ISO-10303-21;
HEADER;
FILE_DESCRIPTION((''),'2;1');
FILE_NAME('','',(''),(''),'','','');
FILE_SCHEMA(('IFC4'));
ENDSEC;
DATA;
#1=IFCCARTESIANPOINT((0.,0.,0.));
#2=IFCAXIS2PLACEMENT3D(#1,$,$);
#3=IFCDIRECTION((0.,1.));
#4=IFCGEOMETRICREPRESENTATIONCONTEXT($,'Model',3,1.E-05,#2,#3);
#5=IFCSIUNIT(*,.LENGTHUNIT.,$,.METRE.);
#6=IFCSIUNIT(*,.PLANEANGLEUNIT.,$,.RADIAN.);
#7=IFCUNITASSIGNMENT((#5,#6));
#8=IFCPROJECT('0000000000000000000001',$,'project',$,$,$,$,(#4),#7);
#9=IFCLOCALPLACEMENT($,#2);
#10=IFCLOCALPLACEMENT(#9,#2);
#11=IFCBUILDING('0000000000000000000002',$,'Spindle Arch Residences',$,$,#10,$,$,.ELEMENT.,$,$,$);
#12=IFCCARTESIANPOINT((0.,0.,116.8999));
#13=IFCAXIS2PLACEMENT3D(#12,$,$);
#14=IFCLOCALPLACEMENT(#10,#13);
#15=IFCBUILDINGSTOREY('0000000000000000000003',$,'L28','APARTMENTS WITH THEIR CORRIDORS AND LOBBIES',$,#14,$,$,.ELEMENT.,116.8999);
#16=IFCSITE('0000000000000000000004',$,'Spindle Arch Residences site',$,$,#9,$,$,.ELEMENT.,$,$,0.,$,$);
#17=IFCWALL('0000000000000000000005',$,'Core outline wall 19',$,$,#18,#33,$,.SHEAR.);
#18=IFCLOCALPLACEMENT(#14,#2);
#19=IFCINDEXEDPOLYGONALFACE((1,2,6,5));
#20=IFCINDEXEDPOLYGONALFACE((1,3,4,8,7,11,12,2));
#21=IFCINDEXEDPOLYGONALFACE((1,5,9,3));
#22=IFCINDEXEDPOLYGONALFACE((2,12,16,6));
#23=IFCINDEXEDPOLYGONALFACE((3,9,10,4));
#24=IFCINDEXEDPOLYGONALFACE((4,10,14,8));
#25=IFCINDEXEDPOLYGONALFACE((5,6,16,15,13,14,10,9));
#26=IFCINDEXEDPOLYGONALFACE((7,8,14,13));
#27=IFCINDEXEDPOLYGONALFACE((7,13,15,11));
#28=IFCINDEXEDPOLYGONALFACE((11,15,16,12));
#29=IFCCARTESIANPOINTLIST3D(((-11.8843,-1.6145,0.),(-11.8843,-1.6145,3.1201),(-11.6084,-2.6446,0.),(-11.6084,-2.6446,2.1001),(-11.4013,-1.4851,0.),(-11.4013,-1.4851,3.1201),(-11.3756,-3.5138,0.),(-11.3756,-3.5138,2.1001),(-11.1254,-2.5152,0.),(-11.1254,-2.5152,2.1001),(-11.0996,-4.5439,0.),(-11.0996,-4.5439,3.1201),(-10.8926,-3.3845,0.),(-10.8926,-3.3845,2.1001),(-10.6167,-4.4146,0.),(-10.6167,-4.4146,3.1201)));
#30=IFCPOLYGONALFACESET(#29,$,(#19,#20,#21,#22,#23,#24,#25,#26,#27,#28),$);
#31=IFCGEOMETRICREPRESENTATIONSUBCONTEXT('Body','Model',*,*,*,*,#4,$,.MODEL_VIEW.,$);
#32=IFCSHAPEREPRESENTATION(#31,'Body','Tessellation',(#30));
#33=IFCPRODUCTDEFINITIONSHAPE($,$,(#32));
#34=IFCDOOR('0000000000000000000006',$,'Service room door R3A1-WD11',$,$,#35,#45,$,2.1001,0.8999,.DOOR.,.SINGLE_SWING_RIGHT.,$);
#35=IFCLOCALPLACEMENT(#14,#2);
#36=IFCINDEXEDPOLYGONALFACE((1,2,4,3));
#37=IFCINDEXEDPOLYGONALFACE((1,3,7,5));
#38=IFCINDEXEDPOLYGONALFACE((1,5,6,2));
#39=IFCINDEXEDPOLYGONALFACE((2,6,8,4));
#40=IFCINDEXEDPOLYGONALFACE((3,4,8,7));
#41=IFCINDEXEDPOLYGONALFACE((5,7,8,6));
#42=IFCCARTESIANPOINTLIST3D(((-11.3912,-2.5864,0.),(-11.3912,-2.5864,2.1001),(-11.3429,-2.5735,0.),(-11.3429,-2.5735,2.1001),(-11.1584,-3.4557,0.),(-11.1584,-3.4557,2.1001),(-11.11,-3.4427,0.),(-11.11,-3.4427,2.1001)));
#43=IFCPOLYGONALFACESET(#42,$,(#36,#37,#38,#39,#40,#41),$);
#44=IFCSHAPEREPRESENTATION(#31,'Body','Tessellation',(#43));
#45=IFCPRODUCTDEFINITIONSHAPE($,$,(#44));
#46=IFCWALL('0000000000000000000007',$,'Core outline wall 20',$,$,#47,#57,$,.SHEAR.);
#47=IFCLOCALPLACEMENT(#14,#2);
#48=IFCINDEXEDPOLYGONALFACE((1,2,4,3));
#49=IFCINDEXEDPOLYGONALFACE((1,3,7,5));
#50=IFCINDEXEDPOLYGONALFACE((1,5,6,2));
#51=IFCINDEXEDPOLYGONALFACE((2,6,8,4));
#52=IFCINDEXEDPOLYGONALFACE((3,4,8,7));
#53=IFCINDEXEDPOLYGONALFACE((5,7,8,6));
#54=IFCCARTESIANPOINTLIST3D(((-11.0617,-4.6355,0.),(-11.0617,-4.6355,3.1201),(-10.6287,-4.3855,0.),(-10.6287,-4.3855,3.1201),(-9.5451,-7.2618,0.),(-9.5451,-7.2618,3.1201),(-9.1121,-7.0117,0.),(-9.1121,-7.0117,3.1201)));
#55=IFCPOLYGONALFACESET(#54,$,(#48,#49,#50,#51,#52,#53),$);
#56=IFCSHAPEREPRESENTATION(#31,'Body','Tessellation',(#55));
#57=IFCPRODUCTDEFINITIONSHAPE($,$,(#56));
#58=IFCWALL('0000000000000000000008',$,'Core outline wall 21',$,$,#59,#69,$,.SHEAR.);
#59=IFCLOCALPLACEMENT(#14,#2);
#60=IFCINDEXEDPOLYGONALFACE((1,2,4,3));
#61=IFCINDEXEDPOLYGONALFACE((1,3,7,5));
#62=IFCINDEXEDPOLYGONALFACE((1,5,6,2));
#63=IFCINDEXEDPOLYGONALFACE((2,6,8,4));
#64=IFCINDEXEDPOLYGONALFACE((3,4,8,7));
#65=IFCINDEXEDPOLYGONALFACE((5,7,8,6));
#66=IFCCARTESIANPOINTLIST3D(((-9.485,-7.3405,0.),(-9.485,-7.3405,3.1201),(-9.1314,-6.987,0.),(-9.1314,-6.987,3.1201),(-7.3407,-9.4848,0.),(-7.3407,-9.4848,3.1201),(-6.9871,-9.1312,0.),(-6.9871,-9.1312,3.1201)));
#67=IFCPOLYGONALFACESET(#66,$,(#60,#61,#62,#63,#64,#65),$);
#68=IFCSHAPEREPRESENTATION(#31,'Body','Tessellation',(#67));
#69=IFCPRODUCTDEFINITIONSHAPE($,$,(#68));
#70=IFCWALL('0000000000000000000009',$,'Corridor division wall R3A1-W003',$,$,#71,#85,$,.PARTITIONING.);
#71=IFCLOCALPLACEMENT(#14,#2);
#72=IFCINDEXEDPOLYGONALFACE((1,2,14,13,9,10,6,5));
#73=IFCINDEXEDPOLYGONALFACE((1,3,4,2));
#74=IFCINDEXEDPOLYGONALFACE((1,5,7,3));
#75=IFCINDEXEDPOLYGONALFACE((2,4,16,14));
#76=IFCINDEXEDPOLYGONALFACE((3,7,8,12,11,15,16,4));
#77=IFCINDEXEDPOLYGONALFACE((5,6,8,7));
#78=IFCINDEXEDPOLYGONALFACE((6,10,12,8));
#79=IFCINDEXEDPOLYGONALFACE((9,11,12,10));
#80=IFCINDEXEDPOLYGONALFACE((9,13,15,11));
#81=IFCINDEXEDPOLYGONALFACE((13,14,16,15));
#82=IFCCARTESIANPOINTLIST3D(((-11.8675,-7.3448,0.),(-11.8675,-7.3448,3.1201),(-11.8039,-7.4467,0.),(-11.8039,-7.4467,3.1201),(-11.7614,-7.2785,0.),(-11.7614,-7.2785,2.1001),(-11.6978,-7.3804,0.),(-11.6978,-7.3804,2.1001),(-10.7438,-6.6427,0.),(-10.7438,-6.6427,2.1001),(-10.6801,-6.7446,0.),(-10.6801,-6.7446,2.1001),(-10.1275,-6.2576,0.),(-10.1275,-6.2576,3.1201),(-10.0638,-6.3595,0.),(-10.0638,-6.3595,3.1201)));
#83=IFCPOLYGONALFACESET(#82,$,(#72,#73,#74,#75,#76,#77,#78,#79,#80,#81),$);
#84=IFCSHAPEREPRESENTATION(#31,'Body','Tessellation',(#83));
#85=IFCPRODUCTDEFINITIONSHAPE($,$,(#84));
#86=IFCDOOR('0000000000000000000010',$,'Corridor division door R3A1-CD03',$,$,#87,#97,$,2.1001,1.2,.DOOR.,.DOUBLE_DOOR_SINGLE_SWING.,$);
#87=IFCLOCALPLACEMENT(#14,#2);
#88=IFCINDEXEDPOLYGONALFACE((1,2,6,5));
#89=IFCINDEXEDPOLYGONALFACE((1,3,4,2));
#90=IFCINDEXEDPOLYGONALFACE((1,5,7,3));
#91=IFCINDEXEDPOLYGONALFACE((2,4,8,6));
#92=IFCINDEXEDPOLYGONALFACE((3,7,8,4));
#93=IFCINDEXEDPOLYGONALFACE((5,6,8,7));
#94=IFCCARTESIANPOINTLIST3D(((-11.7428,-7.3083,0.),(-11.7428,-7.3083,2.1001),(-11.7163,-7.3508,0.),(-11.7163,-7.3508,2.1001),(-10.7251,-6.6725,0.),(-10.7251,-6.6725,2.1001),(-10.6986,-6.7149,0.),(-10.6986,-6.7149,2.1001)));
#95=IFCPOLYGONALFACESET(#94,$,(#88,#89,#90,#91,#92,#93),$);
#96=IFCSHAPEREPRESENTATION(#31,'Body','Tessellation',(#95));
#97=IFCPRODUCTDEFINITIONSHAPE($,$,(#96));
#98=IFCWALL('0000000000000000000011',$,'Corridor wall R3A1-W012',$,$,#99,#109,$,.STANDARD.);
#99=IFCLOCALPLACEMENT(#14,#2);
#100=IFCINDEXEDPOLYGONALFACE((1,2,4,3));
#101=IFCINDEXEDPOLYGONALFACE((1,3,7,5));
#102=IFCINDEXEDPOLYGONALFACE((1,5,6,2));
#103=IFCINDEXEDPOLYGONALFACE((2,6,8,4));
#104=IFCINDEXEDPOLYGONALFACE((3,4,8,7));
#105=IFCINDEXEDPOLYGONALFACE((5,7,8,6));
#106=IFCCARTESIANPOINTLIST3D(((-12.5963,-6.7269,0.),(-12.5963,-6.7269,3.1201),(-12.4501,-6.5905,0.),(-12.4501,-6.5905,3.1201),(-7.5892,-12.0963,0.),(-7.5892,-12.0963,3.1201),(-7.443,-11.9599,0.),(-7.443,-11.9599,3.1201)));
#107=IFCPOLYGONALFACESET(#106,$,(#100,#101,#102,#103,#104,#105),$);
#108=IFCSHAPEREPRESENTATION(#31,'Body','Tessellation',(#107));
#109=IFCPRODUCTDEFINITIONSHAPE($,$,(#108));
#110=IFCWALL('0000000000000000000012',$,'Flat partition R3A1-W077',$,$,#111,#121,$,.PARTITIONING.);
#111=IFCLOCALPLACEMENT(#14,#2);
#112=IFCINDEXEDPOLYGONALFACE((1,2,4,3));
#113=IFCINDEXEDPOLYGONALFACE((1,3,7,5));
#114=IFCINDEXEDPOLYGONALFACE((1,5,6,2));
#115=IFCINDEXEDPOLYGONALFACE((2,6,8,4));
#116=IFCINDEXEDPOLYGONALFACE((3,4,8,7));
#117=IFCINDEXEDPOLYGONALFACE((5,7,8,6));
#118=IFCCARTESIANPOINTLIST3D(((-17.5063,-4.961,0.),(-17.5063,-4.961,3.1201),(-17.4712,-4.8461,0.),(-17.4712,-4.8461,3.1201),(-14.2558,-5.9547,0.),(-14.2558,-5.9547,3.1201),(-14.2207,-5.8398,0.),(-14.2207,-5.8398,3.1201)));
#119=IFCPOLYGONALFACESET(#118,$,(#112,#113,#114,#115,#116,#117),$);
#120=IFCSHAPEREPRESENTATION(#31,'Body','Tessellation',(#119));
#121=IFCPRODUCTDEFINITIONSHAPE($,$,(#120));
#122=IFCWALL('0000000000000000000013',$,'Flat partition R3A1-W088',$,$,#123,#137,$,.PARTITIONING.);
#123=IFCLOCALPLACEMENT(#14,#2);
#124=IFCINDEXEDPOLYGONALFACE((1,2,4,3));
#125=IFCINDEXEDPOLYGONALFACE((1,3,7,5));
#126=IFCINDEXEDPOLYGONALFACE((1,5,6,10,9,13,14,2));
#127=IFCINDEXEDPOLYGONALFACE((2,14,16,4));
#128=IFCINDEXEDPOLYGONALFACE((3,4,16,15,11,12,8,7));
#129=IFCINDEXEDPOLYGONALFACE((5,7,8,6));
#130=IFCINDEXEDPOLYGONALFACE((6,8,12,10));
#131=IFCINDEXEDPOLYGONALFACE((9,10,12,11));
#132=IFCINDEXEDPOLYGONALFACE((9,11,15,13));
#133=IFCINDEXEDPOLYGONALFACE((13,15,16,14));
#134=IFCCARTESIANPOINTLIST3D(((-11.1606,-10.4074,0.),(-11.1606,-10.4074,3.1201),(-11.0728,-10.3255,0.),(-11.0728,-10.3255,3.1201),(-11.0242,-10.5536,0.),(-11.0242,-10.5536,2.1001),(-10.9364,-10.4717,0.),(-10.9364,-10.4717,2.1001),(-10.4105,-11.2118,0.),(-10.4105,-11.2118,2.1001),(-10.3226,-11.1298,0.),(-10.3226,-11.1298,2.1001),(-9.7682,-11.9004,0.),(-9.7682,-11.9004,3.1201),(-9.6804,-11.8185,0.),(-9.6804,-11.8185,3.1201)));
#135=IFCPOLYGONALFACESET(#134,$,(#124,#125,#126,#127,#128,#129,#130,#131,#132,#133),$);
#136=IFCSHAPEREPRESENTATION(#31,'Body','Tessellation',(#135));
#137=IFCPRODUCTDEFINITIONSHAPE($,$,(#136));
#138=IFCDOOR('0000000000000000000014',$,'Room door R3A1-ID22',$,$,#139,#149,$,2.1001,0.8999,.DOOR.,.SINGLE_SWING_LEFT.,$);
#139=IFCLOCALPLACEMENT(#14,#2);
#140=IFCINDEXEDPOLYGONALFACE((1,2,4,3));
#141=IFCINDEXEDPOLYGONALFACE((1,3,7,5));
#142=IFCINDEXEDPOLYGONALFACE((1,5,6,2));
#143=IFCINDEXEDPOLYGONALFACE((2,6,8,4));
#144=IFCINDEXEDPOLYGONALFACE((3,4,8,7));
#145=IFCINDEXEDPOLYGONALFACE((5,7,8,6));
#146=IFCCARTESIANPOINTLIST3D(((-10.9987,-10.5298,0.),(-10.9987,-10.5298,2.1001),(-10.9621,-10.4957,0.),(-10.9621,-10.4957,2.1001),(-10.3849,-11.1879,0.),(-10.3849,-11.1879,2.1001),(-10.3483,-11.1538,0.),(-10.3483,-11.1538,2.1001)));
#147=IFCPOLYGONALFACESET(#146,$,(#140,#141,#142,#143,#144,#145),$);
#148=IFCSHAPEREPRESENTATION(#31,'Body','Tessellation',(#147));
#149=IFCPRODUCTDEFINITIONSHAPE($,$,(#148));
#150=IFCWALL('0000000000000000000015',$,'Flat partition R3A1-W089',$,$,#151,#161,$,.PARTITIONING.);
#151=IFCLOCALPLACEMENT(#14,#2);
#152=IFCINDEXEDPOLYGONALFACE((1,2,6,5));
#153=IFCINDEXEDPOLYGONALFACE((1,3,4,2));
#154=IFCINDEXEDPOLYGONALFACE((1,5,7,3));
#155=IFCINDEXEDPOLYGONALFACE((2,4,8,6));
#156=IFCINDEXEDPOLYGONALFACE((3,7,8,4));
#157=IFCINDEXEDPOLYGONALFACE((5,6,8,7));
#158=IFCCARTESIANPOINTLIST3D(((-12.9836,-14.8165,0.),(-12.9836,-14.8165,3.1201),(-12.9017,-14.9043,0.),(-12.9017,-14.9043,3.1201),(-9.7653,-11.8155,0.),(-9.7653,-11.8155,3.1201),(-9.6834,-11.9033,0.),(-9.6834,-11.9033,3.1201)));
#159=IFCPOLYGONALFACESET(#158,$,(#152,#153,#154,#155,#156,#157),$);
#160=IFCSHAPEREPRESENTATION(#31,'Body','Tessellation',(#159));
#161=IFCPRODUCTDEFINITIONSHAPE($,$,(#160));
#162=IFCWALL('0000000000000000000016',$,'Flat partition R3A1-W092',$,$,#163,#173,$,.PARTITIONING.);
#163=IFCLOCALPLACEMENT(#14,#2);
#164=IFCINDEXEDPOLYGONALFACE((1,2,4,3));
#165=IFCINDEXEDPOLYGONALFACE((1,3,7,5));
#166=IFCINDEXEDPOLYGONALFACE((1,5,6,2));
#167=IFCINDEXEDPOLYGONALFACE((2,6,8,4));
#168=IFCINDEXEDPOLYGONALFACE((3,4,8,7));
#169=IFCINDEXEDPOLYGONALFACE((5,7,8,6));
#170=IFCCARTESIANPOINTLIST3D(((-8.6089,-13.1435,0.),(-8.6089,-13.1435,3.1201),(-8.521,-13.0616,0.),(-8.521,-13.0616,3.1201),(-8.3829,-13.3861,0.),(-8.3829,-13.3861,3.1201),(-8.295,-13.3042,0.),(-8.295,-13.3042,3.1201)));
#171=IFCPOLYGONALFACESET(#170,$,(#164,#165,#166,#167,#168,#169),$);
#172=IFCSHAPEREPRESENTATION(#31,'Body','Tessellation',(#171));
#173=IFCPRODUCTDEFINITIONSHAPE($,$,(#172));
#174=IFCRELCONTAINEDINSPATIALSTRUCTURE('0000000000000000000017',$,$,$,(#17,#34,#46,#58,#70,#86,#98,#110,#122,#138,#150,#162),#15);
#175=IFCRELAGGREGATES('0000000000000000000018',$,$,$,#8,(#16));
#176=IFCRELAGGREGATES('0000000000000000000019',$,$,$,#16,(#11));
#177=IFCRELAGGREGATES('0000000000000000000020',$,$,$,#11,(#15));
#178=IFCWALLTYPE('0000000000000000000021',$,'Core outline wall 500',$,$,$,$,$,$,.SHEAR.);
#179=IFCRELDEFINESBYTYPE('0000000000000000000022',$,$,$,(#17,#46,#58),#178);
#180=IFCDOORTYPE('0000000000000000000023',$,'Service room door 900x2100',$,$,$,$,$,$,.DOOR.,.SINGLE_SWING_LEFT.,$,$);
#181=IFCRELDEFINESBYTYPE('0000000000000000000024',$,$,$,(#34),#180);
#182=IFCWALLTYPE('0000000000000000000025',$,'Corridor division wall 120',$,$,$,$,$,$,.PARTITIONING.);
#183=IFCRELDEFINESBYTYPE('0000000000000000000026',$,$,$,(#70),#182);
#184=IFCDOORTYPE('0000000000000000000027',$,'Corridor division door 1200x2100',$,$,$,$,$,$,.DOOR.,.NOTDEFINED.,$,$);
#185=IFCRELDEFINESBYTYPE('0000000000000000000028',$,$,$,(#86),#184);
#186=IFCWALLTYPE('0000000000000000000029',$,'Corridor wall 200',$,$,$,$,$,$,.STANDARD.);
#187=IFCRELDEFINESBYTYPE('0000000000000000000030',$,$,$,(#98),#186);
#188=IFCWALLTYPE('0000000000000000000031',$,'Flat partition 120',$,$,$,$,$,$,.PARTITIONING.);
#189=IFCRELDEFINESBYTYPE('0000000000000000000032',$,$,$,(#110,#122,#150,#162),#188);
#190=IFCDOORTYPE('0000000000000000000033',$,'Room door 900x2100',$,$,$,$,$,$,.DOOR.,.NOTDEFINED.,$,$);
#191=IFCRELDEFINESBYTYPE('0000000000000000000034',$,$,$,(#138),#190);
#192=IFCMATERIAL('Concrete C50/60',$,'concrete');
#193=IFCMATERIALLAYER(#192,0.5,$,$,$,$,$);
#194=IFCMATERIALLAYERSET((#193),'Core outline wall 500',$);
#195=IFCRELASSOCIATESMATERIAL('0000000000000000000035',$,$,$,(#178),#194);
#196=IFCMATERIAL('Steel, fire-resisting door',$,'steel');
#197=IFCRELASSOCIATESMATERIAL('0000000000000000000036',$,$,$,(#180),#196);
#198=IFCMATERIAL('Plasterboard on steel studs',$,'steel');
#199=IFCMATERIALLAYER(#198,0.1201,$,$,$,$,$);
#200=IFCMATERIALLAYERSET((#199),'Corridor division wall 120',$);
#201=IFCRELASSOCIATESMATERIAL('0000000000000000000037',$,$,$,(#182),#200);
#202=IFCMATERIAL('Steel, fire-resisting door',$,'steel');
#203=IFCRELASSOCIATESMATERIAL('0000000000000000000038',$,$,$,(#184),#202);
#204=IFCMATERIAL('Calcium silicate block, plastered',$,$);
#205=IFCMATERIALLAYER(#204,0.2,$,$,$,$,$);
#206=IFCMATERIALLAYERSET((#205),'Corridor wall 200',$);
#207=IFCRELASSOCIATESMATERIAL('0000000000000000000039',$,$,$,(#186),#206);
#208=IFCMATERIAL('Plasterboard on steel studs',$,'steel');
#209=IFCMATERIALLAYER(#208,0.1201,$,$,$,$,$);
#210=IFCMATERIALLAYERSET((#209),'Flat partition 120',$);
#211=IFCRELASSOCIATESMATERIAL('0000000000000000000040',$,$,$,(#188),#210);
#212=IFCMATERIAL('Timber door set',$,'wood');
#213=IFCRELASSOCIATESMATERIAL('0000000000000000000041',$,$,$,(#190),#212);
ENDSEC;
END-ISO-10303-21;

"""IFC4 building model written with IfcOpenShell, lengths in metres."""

from ifc_helpers import new_model, si_unit, direction, frame, frame_2d, origin, place, context, subcontext, project, spatial, rectangle, extrude, material, layer, layer_set, type_object, element, fill, save


model = new_model("IFC4")

# Units and contexts
model_context = context("Model", 3, precision=1e-05, world=origin(), true_north=direction((0.0, 1.0)))
body_context = subcontext(model_context, "Body", "Model", "MODEL_VIEW")
ifc_project = project(units=[si_unit("LENGTHUNIT", "METRE"), si_unit("PLANEANGLEUNIT", "RADIAN")], contexts=[model_context])

# Site, building, storey
site_placement = place(None, origin())
site = spatial("IfcSite", under=ifc_project, at=site_placement, Name="Spindle Arch Residences site", CompositionType="ELEMENT", RefElevation=0.0)
building_placement = place(site_placement, origin())
building = spatial("IfcBuilding", under=site, at=building_placement, Name="Spindle Arch Residences", CompositionType="ELEMENT")
storey_placement = place(building_placement, frame((0.0, 0.0, 116.8999)))
storey = spatial("IfcBuildingStorey", under=building, at=storey_placement, Name="L28", Description="APARTMENTS WITH THEIR CORRIDORS AND LOBBIES", CompositionType="ELEMENT", Elevation=116.8999)

# Wall, opening, door
ifc_material_1 = material(Name="Concrete C50/60", Category="concrete")
ifc_layer_1 = layer(ifc_material_1, 0.5)
ifc_layer_set_1 = layer_set([ifc_layer_1], Name="Core outline wall 500")
wall_type_1 = type_object("IfcWallType", Name="Core outline wall 500", PredefinedType="SHEAR", material=ifc_layer_set_1)
wall_1_placement = place(storey_placement, frame((-11.6428, -1.5498, 0.0), z_axis=(0.0, 0.0, 1.0), x_axis=(0.258735, -0.965948, 0.0)))
wall_1 = element("IfcWall", 1, at=wall_1_placement, inside=storey, type_object=wall_type_1, Name="Core outline wall 19", PredefinedType="SHEAR", context=body_context, shape_type="SweptSolid", body=[
    extrude(rectangle(XDim=3.0327, YDim=0.5, at=frame_2d((1.5164, 0.0))), origin(), (0.0, 0.0, 1.0), 3.1201),
])
opening_1_placement = place(wall_1_placement, frame((1.0664, 0.0, 0.0)))
opening_1 = element("IfcOpeningElement", 2, at=opening_1_placement, cuts=wall_1, PredefinedType="OPENING", context=body_context, shape_type="SweptSolid", body=[
    extrude(rectangle(XDim=0.8999, YDim=2.1001, at=frame_2d((0.45, 1.05))), frame((0.0, 0.26, 0.0), z_axis=(0.0, -1.0, 0.0), x_axis=(1.0, 0.0, 0.0)), (0.0, 0.0, 1.0), 0.52),
])
ifc_material_2 = material(Name="Steel, fire-resisting door", Category="steel")
door_type_1 = type_object("IfcDoorType", Name="Service room door 900x2100", OperationType="SINGLE_SWING_LEFT", PredefinedType="DOOR", material=ifc_material_2)
door_1_placement = place(opening_1_placement, origin())
door_1 = element("IfcDoor", 3, at=door_1_placement, inside=storey, type_object=door_type_1, Name="Service room door R3A1-WD11", OperationType="SINGLE_SWING_RIGHT", OverallHeight=2.1001, OverallWidth=0.8999, PredefinedType="DOOR", context=body_context, shape_type="SweptSolid", body=[
    extrude(rectangle(XDim=0.8999, YDim=2.1001, at=frame_2d((0.45, 1.05))), frame((0.0, 0.0249, 0.0), z_axis=(0.0, -1.0, 0.0), x_axis=(1.0, 0.0, 0.0)), (0.0, 0.0, 1.0), 0.05),
])
fill(opening_1, door_1)

# Walls
wall_2_placement = place(storey_placement, frame((-10.8452, -4.5105, 0.0), z_axis=(0.0, 0.0, 1.0), x_axis=(0.500087, -0.865975, 0.0)))
element("IfcWall", 4, at=wall_2_placement, inside=storey, type_object=wall_type_1, Name="Core outline wall 20", PredefinedType="SHEAR", context=body_context, shape_type="SweptSolid", body=[
    extrude(rectangle(XDim=3.0327, YDim=0.5, at=frame_2d((1.5164, 0.0))), origin(), (0.0, 0.0, 1.0), 3.1201),
])
wall_3_placement = place(storey_placement, frame((-9.3081, -7.1638, 0.0), z_axis=(0.0, 0.0, 1.0), x_axis=(0.707107, -0.707107, 0.0)))
element("IfcWall", 5, at=wall_3_placement, inside=storey, type_object=wall_type_1, Name="Core outline wall 21", PredefinedType="SHEAR", context=body_context, shape_type="SweptSolid", body=[
    extrude(rectangle(XDim=3.0325, YDim=0.5, at=frame_2d((1.5161, 0.0))), origin(), (0.0, 0.0, 1.0), 3.1201),
])

# Wall, opening, door
ifc_material_3 = material(Name="Plasterboard on steel studs", Category="steel")
ifc_layer_2 = layer(ifc_material_3, 0.1201)
ifc_layer_set_2 = layer_set([ifc_layer_2], Name="Corridor division wall 120")
wall_type_2 = type_object("IfcWallType", Name="Corridor division wall 120", PredefinedType="PARTITIONING", material=ifc_layer_set_2)
wall_4_placement = place(storey_placement, frame((-11.8357, -7.3958, 0.0), z_axis=(0.0, 0.0, 1.0), x_axis=(0.848072, 0.529881, 0.0)))
wall_4 = element("IfcWall", 6, at=wall_4_placement, inside=storey, type_object=wall_type_2, Name="Corridor division wall R3A1-W003", PredefinedType="PARTITIONING", context=body_context, shape_type="SweptSolid", body=[
    extrude(rectangle(XDim=2.0518, YDim=0.1201, at=frame_2d((1.0259, 0.0))), origin(), (0.0, 0.0, 1.0), 3.1201),
])
opening_2_placement = place(wall_4_placement, frame((0.125, 0.0, 0.0)))
opening_2 = element("IfcOpeningElement", 7, at=opening_2_placement, cuts=wall_4, PredefinedType="OPENING", context=body_context, shape_type="SweptSolid", body=[
    extrude(rectangle(XDim=1.2, YDim=2.1001, at=frame_2d((0.6001, 1.05))), frame((0.0, 0.0701, 0.0), z_axis=(0.0, -1.0, 0.0), x_axis=(1.0, 0.0, 0.0)), (0.0, 0.0, 1.0), 0.1401),
])
ifc_material_4 = material(Name="Steel, fire-resisting door", Category="steel")
door_type_2 = type_object("IfcDoorType", Name="Corridor division door 1200x2100", OperationType="NOTDEFINED", PredefinedType="DOOR", material=ifc_material_4)
door_2_placement = place(opening_2_placement, origin())
door_2 = element("IfcDoor", 8, at=door_2_placement, inside=storey, type_object=door_type_2, Name="Corridor division door R3A1-CD03", OperationType="DOUBLE_DOOR_SINGLE_SWING", OverallHeight=2.1001, OverallWidth=1.2, PredefinedType="DOOR", context=body_context, shape_type="SweptSolid", body=[
    extrude(rectangle(XDim=1.2, YDim=2.1001, at=frame_2d((0.6001, 1.05))), frame((0.0, 0.0249, 0.0), z_axis=(0.0, -1.0, 0.0), x_axis=(1.0, 0.0, 0.0)), (0.0, 0.0, 1.0), 0.05),
])
fill(opening_2, door_2)

# Walls
ifc_material_5 = material(Name="Calcium silicate block, plastered")
ifc_layer_3 = layer(ifc_material_5, 0.2)
ifc_layer_set_3 = layer_set([ifc_layer_3], Name="Corridor wall 200")
wall_type_3 = type_object("IfcWallType", Name="Corridor wall 200", PredefinedType="STANDARD", material=ifc_layer_set_3)
wall_5_placement = place(storey_placement, frame((-12.5232, -6.6587, 0.0), z_axis=(0.0, 0.0, 1.0), x_axis=(0.682002, -0.73135, 0.0)))
element("IfcWall", 9, at=wall_5_placement, inside=storey, type_object=wall_type_3, Name="Corridor wall R3A1-W012", PredefinedType="STANDARD", context=body_context, shape_type="SweptSolid", body=[
    extrude(rectangle(XDim=7.3418, YDim=0.2, at=frame_2d((3.6709, 0.0))), origin(), (0.0, 0.0, 1.0), 3.1201),
])
ifc_material_6 = material(Name="Plasterboard on steel studs", Category="steel")
ifc_layer_4 = layer(ifc_material_6, 0.1201)
ifc_layer_set_4 = layer_set([ifc_layer_4], Name="Flat partition 120")
wall_type_4 = type_object("IfcWallType", Name="Flat partition 120", PredefinedType="PARTITIONING", material=ifc_layer_set_4)
wall_6_placement = place(storey_placement, frame((-14.2383, -5.8972, 0.0), z_axis=(0.0, 0.0, 1.0), x_axis=(-0.956315, 0.292339, 0.0)))
element("IfcWall", 10, at=wall_6_placement, inside=storey, type_object=wall_type_4, Name="Flat partition R3A1-W077", PredefinedType="PARTITIONING", context=body_context, shape_type="SweptSolid", body=[
    extrude(rectangle(XDim=3.3989, YDim=0.1201, at=frame_2d((1.6995, 0.0))), origin(), (0.0, 0.0, 1.0), 3.1201),
])

# Wall, opening, door
wall_7_placement = place(storey_placement, frame((-11.1167, -10.3665, 0.0), z_axis=(0.0, 0.0, 1.0), x_axis=(0.682041, -0.731314, 0.0)))
wall_7 = element("IfcWall", 11, at=wall_7_placement, inside=storey, type_object=wall_type_4, Name="Flat partition R3A1-W088", PredefinedType="PARTITIONING", context=body_context, shape_type="SweptSolid", body=[
    extrude(rectangle(XDim=2.0415, YDim=0.1201, at=frame_2d((1.0208, 0.0))), origin(), (0.0, 0.0, 1.0), 3.1201),
])
opening_3_placement = place(wall_7_placement, frame((0.2, 0.0, 0.0)))
opening_3 = element("IfcOpeningElement", 12, at=opening_3_placement, cuts=wall_7, PredefinedType="OPENING", context=body_context, shape_type="SweptSolid", body=[
    extrude(rectangle(XDim=0.8999, YDim=2.1001, at=frame_2d((0.45, 1.05))), frame((0.0, 0.0701, 0.0), z_axis=(0.0, -1.0, 0.0), x_axis=(1.0, 0.0, 0.0)), (0.0, 0.0, 1.0), 0.1401),
])
ifc_material_7 = material(Name="Timber door set", Category="wood")
door_type_3 = type_object("IfcDoorType", Name="Room door 900x2100", OperationType="NOTDEFINED", PredefinedType="DOOR", material=ifc_material_7)
door_3_placement = place(opening_3_placement, origin())
door_3 = element("IfcDoor", 13, at=door_3_placement, inside=storey, type_object=door_type_3, Name="Room door R3A1-ID22", OperationType="SINGLE_SWING_LEFT", OverallHeight=2.1001, OverallWidth=0.8999, PredefinedType="DOOR", context=body_context, shape_type="SweptSolid", body=[
    extrude(rectangle(XDim=0.8999, YDim=2.1001, at=frame_2d((0.45, 1.05))), frame((0.0, 0.0249, 0.0), z_axis=(0.0, -1.0, 0.0), x_axis=(1.0, 0.0, 0.0)), (0.0, 0.0, 1.0), 0.05),
])
fill(opening_3, door_3)

# Walls
wall_8_placement = place(storey_placement, frame((-9.7244, -11.8594, 0.0), z_axis=(0.0, 0.0, 1.0), x_axis=(-0.731365, -0.681986, 0.0)))
element("IfcWall", 14, at=wall_8_placement, inside=storey, type_object=wall_type_4, Name="Flat partition R3A1-W089", PredefinedType="PARTITIONING", context=body_context, shape_type="SweptSolid", body=[
    extrude(rectangle(XDim=4.4004, YDim=0.1201, at=frame_2d((2.2002, 0.0))), origin(), (0.0, 0.0, 1.0), 3.1201),
])
wall_9_placement = place(storey_placement, frame((-8.5649, -13.1025, 0.0), z_axis=(0.0, 0.0, 1.0), x_axis=(0.681636, -0.731691, 0.0)))
element("IfcWall", 15, at=wall_9_placement, inside=storey, type_object=wall_type_4, Name="Flat partition R3A1-W092", PredefinedType="PARTITIONING", context=body_context, shape_type="SweptSolid", body=[
    extrude(rectangle(XDim=0.3315, YDim=0.1201, at=frame_2d((0.1658, 0.0))), origin(), (0.0, 0.0, 1.0), 3.1201),
])

save(model, "model.ifc")
